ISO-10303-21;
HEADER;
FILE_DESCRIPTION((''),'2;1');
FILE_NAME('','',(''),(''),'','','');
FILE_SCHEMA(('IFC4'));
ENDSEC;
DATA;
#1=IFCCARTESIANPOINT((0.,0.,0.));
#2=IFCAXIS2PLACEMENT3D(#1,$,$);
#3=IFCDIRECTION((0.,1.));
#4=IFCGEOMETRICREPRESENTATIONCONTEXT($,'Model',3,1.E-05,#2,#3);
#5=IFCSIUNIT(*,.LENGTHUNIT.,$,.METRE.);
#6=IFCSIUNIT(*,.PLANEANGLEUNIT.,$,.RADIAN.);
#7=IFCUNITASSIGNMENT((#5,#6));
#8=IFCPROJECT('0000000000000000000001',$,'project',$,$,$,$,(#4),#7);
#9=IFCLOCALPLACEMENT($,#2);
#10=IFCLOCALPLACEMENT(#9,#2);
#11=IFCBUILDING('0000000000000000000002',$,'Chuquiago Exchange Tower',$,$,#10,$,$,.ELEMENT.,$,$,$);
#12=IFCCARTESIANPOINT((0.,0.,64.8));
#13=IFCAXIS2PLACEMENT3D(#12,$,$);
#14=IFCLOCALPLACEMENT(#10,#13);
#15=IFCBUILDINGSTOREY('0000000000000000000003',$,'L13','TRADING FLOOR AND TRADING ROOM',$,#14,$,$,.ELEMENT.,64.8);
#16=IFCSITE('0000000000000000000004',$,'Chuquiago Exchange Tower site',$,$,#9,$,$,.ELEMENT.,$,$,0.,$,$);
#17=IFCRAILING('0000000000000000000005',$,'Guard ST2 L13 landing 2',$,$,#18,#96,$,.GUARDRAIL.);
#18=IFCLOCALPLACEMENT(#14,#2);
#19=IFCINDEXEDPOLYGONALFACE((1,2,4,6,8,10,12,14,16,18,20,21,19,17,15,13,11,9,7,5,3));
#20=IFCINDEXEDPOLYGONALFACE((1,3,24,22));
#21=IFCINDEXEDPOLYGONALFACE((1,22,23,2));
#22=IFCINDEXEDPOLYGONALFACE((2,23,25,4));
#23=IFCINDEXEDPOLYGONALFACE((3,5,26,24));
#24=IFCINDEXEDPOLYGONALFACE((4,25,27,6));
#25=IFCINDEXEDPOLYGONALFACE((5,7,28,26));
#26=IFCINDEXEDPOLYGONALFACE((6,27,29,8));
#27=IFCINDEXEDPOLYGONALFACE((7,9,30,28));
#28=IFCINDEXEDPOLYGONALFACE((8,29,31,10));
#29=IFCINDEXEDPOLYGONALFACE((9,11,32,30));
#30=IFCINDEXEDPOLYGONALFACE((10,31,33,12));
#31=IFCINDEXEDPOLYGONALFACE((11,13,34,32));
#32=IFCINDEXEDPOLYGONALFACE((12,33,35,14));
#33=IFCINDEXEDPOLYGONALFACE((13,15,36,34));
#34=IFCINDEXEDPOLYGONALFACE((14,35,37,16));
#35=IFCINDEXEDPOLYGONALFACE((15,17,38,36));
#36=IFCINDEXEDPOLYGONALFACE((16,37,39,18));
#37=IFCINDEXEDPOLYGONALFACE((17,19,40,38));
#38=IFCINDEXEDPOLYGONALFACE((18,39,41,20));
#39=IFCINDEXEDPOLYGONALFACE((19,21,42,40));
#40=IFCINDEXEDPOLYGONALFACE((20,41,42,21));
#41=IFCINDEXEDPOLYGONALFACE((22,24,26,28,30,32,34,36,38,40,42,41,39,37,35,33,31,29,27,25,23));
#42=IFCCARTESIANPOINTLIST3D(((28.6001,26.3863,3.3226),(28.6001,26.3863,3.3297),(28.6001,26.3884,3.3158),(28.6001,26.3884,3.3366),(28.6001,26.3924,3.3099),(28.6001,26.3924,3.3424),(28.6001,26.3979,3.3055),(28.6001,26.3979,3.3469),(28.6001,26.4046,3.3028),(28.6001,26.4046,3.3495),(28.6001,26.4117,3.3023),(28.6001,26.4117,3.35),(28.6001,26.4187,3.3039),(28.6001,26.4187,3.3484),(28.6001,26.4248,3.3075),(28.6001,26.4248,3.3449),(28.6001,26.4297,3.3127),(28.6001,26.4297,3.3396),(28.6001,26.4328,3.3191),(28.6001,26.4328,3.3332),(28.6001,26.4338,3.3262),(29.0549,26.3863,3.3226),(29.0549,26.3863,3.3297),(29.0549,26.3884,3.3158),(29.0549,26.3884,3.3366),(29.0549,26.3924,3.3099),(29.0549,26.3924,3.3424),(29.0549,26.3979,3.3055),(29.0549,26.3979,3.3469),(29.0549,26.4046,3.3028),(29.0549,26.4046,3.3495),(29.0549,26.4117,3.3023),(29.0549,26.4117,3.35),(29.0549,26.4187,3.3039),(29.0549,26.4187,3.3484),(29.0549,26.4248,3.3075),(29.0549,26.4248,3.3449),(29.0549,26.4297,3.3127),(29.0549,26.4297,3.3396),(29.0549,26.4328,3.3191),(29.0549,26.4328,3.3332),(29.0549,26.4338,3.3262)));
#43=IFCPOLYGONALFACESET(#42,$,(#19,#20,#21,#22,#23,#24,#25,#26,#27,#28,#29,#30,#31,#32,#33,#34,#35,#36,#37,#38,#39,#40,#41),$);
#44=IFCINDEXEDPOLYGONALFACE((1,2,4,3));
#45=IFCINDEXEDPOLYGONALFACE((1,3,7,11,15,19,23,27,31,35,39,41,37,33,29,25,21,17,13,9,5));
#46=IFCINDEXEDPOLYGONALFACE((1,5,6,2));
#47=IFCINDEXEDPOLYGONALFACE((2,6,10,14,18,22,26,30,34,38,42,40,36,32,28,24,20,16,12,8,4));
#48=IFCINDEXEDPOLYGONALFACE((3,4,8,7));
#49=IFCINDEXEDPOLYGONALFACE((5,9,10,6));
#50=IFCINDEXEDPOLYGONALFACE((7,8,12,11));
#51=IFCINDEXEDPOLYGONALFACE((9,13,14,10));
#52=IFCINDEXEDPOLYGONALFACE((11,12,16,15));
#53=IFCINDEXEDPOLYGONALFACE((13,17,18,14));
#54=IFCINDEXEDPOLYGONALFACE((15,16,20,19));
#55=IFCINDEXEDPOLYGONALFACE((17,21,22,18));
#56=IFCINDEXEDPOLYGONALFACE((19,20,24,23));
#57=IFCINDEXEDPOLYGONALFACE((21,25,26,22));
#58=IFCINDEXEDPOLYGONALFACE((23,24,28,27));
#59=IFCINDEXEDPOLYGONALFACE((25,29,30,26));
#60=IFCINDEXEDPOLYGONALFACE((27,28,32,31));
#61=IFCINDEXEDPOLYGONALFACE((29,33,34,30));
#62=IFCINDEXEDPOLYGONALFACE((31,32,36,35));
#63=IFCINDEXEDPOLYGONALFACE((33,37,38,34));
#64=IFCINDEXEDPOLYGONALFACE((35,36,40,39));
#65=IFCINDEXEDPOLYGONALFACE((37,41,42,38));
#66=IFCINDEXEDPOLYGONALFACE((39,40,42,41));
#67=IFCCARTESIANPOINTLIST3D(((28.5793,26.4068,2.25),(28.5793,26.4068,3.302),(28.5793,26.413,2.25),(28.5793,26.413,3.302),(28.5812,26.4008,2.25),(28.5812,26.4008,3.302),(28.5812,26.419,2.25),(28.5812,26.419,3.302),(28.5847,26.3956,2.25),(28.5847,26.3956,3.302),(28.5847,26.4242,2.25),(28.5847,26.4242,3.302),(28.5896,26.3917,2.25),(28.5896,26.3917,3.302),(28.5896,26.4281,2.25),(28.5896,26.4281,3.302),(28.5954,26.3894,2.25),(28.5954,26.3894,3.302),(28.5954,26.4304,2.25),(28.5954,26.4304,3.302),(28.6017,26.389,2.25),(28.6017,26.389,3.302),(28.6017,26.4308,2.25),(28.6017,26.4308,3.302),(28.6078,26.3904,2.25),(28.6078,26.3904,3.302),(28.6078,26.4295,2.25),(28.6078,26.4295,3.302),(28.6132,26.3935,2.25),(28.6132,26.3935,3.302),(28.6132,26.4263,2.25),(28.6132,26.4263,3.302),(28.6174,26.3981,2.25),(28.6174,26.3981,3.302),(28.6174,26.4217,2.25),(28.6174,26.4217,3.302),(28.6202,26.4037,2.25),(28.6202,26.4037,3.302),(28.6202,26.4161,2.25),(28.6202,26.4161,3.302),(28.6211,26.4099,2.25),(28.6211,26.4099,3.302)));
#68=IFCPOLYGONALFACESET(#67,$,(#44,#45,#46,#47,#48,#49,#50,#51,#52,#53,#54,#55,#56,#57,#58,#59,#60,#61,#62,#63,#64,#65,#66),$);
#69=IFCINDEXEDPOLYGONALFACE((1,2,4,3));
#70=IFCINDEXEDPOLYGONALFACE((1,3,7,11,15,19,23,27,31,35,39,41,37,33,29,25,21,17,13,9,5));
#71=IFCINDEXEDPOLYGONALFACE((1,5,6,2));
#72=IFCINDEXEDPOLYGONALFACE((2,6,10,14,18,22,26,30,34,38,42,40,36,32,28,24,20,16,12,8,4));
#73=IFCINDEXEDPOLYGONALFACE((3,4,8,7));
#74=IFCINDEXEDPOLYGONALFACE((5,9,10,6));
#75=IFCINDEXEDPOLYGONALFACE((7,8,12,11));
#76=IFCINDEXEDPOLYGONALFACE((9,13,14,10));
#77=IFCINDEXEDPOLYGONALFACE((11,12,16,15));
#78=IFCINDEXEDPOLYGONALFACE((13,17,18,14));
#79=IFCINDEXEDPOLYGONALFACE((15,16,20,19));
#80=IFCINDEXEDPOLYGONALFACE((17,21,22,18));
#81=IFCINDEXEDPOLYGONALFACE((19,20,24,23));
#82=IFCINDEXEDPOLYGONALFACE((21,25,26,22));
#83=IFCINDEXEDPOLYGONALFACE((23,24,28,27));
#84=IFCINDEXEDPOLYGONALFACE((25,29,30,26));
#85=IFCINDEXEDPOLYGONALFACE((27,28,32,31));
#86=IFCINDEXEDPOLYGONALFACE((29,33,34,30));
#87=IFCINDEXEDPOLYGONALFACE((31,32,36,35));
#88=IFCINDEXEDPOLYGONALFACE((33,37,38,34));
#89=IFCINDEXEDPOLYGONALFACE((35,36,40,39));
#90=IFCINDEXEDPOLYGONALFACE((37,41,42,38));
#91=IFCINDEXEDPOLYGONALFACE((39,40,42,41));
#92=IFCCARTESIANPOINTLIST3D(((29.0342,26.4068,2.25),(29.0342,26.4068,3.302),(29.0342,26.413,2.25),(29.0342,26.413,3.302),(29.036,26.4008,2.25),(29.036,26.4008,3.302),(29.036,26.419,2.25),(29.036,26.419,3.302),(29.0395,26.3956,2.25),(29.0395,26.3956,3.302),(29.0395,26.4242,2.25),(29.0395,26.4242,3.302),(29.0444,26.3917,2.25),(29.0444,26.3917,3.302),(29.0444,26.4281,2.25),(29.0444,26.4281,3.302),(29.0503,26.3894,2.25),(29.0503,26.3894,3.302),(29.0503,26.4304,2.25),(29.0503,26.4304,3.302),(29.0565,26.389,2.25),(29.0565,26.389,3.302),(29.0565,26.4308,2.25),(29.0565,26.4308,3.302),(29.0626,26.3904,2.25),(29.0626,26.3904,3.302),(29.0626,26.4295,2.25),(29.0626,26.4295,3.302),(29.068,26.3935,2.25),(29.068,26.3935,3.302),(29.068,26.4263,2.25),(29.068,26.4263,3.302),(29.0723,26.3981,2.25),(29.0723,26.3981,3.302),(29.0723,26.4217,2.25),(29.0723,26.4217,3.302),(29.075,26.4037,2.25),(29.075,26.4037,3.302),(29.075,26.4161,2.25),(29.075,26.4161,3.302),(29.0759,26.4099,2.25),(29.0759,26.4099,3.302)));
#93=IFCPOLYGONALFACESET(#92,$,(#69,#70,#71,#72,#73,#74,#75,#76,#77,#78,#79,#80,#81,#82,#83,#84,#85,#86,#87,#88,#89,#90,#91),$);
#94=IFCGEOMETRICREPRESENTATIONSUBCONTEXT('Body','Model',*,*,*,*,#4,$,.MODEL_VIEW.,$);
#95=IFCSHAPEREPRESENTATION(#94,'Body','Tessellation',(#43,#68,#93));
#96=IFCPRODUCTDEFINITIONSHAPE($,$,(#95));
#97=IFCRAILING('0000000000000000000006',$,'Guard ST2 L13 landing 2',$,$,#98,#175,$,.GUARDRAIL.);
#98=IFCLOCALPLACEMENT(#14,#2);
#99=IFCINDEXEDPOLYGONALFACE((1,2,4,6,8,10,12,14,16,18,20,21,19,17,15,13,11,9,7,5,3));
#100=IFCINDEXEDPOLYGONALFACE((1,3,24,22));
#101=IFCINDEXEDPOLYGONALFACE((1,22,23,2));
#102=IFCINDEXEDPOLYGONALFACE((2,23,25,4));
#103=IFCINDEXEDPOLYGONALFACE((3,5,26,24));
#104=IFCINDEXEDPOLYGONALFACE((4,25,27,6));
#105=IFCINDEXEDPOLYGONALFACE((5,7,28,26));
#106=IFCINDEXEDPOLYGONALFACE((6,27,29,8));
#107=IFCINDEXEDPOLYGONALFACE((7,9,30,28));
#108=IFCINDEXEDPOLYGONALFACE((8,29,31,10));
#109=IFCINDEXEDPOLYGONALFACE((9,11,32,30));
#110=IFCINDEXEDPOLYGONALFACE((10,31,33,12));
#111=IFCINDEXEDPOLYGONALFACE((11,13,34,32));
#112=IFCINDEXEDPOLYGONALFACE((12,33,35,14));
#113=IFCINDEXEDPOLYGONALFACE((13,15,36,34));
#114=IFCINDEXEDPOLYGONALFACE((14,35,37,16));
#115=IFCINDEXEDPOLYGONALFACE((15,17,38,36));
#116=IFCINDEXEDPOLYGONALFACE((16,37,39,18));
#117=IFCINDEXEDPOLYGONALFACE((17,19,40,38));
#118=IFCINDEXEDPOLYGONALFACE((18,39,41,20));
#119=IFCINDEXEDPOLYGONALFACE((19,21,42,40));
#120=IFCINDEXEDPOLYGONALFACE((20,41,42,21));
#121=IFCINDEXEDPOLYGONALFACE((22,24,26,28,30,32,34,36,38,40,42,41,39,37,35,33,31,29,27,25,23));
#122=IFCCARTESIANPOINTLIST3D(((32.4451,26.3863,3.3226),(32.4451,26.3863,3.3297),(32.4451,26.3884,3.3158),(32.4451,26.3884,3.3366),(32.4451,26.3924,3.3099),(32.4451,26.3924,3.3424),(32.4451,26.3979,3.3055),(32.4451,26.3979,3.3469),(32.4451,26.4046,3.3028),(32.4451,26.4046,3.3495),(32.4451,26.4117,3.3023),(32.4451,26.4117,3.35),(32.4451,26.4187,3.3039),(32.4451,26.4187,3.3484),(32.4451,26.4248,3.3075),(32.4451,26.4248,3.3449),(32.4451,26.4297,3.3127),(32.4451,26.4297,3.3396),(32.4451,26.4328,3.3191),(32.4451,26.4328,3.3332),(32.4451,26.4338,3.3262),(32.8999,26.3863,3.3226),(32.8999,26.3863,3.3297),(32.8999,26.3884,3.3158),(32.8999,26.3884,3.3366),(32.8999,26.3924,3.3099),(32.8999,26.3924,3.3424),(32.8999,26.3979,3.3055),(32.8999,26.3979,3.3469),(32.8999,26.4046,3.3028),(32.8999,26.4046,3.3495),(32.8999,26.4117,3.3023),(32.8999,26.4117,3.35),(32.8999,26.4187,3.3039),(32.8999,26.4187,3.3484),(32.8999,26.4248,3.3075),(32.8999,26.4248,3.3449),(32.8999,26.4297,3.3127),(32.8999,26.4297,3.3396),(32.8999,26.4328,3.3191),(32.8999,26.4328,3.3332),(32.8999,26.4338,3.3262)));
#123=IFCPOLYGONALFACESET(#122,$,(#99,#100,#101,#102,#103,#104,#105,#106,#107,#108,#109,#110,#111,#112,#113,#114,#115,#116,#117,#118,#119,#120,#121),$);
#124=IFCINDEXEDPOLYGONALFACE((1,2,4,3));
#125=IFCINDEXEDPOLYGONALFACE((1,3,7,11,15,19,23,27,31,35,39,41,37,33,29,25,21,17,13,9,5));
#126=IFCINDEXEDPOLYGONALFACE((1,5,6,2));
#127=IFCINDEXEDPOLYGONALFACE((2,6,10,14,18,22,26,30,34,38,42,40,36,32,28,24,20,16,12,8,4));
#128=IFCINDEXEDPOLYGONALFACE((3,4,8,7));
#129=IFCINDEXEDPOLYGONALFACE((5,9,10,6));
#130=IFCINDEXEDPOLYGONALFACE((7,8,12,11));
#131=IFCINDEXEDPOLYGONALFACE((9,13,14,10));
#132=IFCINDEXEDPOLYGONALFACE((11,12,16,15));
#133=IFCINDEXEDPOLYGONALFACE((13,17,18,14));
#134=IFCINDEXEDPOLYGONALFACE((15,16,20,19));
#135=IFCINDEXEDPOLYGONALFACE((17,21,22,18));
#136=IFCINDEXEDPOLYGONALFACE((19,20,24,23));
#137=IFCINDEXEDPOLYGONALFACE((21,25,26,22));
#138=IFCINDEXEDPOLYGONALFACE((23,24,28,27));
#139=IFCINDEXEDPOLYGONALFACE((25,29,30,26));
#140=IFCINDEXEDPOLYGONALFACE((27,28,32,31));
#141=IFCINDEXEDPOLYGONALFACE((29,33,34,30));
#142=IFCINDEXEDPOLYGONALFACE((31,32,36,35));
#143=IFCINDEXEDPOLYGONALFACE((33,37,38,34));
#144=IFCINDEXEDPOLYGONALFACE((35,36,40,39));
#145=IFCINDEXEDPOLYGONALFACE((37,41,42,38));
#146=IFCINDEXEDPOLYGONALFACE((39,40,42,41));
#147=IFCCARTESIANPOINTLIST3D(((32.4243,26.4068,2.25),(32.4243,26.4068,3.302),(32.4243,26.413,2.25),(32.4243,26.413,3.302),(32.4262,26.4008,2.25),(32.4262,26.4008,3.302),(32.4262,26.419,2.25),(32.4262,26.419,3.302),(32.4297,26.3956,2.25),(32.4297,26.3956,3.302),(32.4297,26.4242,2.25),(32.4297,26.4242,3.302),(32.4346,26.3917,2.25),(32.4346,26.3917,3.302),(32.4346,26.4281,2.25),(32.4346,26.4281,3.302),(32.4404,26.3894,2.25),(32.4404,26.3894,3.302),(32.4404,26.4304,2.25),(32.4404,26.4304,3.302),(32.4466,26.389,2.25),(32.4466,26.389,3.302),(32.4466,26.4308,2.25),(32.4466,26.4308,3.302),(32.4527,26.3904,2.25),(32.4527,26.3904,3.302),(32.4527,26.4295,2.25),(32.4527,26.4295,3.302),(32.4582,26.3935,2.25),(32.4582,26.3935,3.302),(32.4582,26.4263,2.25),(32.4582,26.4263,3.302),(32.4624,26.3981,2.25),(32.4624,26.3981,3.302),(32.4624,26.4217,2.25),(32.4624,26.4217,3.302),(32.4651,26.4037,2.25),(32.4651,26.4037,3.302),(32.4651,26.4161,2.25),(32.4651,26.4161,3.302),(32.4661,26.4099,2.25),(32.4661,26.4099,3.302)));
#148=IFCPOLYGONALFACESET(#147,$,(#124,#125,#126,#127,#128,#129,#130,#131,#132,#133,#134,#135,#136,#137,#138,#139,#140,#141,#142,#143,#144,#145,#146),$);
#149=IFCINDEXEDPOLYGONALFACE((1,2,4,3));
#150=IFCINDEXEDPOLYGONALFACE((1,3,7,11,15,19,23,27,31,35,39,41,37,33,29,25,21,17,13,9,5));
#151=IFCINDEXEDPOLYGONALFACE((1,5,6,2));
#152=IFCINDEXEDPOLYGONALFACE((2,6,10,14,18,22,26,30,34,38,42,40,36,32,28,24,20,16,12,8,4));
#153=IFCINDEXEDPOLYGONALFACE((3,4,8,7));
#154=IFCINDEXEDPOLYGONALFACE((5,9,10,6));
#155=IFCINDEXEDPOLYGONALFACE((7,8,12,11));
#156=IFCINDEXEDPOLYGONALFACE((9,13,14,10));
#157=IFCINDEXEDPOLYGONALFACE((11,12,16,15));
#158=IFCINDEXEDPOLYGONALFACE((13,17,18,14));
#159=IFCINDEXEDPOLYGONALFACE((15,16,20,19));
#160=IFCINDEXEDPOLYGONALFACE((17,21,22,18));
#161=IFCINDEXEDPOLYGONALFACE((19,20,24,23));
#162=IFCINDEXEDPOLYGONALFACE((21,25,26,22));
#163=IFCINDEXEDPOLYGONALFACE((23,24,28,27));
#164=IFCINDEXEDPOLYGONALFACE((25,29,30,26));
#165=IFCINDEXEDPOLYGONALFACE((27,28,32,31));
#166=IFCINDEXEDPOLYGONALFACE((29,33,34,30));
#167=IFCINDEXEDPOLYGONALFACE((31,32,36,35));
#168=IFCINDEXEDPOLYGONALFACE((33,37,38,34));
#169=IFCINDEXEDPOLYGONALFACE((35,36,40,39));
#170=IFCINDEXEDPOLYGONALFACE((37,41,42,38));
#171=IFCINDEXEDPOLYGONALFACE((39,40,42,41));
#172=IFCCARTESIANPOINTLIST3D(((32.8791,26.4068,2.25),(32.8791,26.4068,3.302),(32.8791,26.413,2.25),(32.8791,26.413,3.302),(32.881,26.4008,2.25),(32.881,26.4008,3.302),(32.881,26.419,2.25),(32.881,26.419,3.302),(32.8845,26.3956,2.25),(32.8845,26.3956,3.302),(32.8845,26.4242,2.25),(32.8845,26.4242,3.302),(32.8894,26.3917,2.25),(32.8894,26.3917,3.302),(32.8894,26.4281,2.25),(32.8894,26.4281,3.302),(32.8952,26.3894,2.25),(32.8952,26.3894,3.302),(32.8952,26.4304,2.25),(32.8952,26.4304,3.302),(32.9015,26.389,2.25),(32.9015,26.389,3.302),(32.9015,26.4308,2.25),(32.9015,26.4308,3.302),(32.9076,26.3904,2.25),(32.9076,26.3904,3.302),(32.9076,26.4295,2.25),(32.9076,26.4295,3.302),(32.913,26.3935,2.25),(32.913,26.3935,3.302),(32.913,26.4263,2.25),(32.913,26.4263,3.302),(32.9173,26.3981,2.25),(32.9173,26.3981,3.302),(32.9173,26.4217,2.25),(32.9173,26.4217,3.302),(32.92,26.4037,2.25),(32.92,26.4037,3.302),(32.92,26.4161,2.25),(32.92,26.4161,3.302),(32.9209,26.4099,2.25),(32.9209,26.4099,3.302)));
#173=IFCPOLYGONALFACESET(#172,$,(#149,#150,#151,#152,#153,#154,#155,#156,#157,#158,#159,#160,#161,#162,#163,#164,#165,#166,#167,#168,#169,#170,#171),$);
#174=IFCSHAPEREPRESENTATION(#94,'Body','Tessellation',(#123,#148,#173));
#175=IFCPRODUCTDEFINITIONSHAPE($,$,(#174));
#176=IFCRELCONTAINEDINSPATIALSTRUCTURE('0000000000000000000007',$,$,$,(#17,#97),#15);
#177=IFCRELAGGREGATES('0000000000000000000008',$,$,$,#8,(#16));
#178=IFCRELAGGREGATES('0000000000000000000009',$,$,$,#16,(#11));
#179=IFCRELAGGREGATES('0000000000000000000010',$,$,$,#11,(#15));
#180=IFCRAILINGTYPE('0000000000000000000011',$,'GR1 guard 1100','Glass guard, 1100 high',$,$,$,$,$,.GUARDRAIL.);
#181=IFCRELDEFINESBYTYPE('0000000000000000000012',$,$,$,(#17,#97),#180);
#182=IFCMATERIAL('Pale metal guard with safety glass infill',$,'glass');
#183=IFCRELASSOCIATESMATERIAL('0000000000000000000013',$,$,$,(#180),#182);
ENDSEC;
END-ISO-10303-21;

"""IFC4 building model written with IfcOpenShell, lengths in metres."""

from ifc_helpers import new_model, si_unit, direction, frame, origin, origin_2d, place, context, subcontext, project, spatial, circle, extrude, material, type_object, element, save


model = new_model("IFC4")

# Units and contexts
model_context = context("Model", 3, precision=1e-05, world=origin(), true_north=direction((0.0, 1.0)))
body_context = subcontext(model_context, "Body", "Model", "MODEL_VIEW")
ifc_project = project(units=[si_unit("LENGTHUNIT", "METRE"), si_unit("PLANEANGLEUNIT", "RADIAN")], contexts=[model_context])

# Site, building, storey
site_placement = place(None, origin())
site = spatial("IfcSite", under=ifc_project, at=site_placement, Name="Chuquiago Exchange Tower site", CompositionType="ELEMENT", RefElevation=0.0)
building_placement = place(site_placement, origin())
building = spatial("IfcBuilding", under=site, at=building_placement, Name="Chuquiago Exchange Tower", CompositionType="ELEMENT")
storey_placement = place(building_placement, frame((0.0, 0.0, 64.8)))
storey = spatial("IfcBuildingStorey", under=building, at=storey_placement, Name="L13", Description="TRADING FLOOR AND TRADING ROOM", CompositionType="ELEMENT", Elevation=64.8)

# Railings
ifc_material_1 = material(Name="Pale metal guard with safety glass infill", Category="glass")
railing_type_1 = type_object("IfcRailingType", Name="GR1 guard 1100", Description="Glass guard, 1100 high", PredefinedType="GUARDRAIL", material=ifc_material_1)
for number, where, name in (
    (1, (28.6001, 26.4099, 2.25), "Guard ST2 L13 landing 2"),
    (2, (32.4451, 26.4099, 2.25), "Guard ST2 L13 landing 2"),
):
    element("IfcRailing", number, at=place(storey_placement, frame(where)), inside=storey, type_object=railing_type_1, Name=name, PredefinedType="GUARDRAIL", context=body_context, shape_type="SweptSolid", body=[
        extrude(circle(Radius=0.0239, at=origin_2d()), frame((0.0, 0.0, 1.0762), z_axis=(1.0, 0.0, 0.0), x_axis=(0.0, 1.0, 0.0)), (0.0, 0.0, 1.0), 0.4548),
        extrude(circle(Radius=0.021, at=origin_2d()), origin(), (0.0, 0.0, 1.0), 1.052),
        extrude(circle(Radius=0.021, at=origin_2d()), frame((0.4548, 0.0, 0.0)), (0.0, 0.0, 1.0), 1.052),
    ])

save(model, "model.ifc")
